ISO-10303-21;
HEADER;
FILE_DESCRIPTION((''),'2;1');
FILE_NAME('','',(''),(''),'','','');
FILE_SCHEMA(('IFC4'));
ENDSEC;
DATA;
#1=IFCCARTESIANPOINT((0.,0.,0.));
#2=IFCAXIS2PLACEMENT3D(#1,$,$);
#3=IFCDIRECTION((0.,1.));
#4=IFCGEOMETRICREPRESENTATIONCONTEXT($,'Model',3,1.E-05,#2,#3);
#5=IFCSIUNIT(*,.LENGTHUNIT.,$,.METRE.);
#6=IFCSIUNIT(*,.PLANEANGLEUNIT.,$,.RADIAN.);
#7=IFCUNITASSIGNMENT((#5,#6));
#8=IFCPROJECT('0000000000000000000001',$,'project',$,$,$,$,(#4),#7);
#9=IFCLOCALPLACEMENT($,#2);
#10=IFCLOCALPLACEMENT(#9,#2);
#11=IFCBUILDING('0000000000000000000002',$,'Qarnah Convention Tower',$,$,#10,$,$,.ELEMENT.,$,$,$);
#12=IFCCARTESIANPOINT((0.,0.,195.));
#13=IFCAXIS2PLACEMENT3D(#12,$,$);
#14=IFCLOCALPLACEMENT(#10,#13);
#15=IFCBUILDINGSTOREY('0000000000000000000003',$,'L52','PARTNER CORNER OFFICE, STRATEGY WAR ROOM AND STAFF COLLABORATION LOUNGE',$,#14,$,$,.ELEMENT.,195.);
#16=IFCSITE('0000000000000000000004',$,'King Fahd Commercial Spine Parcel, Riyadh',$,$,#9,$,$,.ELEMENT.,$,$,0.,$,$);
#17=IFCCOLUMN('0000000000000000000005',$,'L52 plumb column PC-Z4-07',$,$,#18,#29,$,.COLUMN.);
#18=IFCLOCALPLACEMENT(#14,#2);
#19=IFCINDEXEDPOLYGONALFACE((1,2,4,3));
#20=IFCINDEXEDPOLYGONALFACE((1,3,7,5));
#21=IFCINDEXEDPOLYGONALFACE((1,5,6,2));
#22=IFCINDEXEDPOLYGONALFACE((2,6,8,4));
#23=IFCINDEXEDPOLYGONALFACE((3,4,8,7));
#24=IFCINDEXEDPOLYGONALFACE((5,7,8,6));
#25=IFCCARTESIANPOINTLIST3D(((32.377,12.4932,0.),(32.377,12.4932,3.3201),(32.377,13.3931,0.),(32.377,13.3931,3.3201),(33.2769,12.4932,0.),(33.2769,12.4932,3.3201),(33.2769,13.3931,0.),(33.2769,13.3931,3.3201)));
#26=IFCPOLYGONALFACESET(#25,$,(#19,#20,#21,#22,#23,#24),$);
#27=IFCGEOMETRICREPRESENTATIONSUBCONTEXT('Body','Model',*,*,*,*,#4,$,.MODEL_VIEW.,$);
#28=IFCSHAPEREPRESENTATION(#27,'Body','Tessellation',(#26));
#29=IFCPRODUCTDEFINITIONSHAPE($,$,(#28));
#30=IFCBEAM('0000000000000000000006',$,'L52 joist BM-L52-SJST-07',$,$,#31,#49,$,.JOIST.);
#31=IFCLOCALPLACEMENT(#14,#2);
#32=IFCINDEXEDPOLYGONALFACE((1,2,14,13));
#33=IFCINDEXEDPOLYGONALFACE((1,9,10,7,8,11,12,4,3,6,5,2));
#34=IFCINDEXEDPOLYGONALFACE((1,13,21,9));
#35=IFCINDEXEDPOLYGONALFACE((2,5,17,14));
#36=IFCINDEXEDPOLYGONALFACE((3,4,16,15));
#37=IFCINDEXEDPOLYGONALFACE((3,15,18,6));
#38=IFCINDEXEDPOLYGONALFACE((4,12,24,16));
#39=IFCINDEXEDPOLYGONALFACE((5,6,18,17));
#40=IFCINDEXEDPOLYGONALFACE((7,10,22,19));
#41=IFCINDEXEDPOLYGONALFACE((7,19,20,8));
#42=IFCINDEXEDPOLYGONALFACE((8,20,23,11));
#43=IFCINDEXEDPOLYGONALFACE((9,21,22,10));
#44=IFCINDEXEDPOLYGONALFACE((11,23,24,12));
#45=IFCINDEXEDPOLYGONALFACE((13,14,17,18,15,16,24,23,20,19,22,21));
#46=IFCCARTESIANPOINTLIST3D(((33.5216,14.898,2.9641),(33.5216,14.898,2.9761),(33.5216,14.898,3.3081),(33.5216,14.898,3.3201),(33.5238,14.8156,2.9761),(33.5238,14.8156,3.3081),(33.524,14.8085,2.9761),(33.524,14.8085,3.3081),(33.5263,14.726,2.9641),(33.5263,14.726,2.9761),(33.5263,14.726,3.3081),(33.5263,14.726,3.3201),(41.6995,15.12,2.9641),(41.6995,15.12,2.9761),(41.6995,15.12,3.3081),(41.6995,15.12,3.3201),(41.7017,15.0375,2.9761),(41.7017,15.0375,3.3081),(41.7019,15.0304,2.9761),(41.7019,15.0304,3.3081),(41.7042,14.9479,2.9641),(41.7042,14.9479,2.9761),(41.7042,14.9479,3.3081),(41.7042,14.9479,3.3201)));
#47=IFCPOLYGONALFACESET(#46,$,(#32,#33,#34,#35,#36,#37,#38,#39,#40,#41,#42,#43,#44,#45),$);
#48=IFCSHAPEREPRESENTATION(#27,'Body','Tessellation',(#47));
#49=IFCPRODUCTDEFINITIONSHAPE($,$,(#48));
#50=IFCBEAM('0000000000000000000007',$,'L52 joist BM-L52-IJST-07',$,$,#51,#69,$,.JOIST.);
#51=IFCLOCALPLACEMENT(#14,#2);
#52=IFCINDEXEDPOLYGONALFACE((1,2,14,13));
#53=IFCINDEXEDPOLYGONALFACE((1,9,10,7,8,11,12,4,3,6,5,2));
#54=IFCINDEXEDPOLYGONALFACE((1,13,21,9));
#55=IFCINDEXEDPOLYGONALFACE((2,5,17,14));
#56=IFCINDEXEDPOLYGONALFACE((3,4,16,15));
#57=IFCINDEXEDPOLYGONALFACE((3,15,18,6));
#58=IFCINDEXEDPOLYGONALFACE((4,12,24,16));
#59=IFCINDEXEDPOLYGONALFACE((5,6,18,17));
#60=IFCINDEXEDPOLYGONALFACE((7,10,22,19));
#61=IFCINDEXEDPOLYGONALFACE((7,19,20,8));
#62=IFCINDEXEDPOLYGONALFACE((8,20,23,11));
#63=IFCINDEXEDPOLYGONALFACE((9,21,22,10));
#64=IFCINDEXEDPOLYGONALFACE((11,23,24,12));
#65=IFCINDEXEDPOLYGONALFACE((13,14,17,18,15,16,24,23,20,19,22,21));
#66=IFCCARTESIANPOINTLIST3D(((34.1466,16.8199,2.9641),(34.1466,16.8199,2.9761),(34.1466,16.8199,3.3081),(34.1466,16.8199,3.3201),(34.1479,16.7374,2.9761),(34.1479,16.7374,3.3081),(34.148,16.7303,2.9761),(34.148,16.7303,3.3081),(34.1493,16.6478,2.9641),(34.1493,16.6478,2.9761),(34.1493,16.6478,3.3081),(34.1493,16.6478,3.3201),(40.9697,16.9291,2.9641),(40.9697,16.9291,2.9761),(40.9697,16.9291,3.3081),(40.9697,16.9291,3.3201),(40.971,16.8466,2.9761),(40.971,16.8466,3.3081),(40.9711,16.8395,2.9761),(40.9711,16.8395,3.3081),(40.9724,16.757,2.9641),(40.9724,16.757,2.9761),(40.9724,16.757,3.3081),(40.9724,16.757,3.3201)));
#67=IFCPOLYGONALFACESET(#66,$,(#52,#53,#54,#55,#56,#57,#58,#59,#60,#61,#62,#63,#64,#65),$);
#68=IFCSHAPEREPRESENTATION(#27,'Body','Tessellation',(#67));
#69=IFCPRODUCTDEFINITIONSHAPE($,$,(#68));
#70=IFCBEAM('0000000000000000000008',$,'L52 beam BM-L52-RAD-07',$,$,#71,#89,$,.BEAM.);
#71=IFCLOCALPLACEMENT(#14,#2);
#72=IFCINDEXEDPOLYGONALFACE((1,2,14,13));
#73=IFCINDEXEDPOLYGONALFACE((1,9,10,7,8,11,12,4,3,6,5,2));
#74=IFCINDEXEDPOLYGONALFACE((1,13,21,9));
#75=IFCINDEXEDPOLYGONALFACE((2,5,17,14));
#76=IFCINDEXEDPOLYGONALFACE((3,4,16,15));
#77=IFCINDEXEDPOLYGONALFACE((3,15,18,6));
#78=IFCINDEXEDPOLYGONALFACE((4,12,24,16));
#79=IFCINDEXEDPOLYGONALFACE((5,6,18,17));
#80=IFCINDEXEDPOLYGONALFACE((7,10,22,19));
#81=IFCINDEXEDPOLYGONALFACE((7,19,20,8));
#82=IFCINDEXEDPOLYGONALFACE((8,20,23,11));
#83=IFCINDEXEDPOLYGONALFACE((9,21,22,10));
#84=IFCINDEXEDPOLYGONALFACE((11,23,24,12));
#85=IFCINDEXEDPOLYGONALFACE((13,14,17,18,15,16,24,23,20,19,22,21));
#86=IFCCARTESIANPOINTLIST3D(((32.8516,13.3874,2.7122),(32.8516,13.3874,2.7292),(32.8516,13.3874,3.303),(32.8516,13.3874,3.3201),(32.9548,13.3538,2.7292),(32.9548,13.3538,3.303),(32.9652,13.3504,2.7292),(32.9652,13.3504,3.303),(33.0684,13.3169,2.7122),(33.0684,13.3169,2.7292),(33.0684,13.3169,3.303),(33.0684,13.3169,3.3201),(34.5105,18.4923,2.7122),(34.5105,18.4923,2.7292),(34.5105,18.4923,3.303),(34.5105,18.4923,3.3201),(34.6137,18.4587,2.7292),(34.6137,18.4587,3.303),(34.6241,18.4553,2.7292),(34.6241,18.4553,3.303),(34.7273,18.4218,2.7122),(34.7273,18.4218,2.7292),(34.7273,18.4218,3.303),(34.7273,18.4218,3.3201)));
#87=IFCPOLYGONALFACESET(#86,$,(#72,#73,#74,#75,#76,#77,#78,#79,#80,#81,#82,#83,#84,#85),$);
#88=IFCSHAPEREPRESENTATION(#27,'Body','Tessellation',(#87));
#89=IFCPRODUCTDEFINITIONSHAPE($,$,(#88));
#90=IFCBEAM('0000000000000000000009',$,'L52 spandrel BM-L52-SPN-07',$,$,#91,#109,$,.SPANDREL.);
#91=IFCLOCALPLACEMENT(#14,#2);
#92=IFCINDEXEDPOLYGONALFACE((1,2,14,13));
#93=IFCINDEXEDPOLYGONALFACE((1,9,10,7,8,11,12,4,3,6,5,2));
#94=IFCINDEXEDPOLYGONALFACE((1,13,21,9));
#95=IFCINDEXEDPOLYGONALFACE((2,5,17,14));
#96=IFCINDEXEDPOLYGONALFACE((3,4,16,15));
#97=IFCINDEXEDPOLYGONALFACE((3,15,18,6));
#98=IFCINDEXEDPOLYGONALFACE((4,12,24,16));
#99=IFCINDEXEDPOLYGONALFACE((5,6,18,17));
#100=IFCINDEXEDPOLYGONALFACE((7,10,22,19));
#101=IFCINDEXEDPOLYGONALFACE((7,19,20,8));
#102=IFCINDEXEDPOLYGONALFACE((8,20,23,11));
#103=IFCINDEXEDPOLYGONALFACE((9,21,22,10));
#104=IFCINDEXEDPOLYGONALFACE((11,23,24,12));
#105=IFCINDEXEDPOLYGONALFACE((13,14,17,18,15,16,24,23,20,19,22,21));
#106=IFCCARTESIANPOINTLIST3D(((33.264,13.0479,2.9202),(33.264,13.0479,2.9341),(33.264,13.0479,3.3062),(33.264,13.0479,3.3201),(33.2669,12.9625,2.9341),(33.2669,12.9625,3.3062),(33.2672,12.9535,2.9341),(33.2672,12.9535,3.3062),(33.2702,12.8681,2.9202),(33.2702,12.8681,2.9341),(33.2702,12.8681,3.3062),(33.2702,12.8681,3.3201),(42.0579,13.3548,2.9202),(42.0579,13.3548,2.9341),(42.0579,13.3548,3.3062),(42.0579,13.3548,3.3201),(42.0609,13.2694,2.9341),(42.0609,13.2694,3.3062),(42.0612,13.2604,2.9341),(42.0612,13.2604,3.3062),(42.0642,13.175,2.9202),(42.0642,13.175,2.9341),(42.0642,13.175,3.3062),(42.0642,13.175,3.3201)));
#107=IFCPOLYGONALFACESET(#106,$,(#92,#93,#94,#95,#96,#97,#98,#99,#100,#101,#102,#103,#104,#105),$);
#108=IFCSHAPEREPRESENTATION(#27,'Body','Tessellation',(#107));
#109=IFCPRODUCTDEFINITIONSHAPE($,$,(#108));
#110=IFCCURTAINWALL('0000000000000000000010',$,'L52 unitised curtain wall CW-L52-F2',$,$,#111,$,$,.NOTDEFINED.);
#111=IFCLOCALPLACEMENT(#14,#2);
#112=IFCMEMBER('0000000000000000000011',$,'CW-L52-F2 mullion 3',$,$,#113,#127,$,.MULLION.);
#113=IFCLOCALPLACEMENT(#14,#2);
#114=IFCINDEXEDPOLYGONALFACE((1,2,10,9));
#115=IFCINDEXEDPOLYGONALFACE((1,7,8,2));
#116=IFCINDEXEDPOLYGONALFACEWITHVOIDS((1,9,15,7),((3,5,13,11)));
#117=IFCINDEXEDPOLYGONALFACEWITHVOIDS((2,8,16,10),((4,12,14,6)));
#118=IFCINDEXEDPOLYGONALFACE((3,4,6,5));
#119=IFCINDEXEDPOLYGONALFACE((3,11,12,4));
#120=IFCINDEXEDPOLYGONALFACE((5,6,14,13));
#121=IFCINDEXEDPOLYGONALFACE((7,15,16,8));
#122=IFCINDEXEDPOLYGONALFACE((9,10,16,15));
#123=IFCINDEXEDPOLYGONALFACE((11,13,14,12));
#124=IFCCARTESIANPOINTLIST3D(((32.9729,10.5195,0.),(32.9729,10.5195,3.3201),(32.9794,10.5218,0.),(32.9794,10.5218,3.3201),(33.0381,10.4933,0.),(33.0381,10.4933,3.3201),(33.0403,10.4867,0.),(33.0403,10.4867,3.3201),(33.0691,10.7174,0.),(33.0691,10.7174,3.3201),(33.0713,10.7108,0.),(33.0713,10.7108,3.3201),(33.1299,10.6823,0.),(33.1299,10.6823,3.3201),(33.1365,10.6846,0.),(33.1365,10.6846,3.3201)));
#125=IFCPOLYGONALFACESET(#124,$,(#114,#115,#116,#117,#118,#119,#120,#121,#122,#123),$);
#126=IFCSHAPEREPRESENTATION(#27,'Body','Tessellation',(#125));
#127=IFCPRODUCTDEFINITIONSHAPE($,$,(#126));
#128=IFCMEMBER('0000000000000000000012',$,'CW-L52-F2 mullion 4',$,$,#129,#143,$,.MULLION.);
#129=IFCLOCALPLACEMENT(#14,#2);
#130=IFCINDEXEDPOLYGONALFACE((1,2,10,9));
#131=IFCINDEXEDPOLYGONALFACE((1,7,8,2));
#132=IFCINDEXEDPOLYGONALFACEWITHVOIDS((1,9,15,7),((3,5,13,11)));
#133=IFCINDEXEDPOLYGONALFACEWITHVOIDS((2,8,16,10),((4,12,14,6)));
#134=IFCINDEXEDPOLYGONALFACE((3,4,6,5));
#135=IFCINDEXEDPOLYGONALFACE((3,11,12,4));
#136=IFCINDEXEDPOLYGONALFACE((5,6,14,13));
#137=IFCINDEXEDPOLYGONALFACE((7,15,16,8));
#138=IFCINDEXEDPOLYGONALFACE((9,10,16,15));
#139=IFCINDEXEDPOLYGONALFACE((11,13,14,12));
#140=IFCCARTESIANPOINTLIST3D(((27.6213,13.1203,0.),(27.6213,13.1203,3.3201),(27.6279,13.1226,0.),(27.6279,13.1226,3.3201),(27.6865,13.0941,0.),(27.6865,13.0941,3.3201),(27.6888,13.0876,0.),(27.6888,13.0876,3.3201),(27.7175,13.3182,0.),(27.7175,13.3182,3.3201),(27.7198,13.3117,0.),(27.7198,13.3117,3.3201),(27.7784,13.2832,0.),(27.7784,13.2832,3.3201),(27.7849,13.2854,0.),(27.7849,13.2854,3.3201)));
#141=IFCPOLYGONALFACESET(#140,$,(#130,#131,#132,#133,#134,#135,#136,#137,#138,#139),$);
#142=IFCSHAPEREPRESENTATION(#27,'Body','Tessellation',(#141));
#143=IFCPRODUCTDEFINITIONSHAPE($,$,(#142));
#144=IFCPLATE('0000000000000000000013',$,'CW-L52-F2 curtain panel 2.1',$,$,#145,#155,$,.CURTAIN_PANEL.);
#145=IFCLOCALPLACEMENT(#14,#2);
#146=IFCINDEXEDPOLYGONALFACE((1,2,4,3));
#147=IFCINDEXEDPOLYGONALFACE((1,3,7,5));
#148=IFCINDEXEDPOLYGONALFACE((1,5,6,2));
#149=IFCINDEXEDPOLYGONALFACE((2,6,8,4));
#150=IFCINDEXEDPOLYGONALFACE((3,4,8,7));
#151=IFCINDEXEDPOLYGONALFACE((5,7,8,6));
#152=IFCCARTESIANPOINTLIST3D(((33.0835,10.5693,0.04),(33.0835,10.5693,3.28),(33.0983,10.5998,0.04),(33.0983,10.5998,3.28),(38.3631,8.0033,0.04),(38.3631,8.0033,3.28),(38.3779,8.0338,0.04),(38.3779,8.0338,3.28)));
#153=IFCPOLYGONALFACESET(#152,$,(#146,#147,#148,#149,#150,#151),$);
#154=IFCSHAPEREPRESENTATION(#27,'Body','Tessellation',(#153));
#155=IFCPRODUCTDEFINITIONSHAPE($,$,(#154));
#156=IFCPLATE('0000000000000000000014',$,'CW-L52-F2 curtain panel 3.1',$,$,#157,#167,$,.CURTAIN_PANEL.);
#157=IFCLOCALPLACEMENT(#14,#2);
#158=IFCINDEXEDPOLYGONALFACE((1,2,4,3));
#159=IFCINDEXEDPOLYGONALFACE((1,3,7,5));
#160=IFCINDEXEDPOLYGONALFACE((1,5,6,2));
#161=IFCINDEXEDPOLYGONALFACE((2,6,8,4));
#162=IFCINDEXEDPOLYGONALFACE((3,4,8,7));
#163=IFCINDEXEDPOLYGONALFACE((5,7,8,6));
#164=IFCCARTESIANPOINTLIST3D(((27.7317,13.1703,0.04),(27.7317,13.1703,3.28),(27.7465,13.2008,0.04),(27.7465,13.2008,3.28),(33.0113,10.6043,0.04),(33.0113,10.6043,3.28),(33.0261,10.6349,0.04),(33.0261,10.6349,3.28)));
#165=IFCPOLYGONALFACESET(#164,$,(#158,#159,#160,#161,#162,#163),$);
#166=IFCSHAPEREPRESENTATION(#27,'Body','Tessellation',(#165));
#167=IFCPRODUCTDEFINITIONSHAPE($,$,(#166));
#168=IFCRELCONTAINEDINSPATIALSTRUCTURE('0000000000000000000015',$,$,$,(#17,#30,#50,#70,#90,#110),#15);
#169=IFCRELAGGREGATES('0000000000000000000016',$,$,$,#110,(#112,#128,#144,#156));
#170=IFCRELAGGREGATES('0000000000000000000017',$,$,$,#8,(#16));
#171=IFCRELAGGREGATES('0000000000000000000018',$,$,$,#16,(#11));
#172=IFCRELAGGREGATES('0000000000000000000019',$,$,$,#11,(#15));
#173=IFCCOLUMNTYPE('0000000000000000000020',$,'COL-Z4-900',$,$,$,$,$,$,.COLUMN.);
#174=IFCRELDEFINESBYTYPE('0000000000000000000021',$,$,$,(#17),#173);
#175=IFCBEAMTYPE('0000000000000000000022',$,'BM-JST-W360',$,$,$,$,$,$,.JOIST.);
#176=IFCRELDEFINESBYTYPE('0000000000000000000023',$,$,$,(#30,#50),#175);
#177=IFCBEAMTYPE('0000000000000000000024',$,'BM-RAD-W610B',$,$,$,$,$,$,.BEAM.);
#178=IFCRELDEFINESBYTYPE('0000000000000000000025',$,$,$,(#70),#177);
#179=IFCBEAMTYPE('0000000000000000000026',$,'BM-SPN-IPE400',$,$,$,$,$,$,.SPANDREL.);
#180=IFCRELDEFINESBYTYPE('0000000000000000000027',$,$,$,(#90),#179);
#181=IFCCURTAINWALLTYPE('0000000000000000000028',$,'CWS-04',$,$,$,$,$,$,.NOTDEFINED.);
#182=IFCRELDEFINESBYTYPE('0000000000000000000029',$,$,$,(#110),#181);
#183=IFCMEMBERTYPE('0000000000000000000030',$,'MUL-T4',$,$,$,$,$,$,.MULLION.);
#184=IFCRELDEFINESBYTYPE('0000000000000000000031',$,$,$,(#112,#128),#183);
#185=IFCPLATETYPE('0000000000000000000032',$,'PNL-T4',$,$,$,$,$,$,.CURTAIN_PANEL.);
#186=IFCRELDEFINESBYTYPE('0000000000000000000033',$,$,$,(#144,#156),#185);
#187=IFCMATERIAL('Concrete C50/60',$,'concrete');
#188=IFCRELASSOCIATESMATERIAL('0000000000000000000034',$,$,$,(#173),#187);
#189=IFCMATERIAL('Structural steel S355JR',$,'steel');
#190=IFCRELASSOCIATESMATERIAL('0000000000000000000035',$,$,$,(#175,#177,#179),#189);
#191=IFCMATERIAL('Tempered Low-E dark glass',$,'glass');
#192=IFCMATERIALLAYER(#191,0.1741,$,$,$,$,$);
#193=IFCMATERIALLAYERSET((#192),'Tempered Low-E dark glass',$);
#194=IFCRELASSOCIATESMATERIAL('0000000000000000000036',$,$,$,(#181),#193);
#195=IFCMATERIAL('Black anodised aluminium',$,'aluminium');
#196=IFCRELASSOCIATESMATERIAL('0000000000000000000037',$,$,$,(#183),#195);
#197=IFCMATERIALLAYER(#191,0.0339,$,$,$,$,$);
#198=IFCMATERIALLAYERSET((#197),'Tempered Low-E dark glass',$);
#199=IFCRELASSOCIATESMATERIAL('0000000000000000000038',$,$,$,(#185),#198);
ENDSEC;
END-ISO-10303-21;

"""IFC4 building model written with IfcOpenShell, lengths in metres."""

from ifc_helpers import new_model, si_unit, direction, frame, origin, origin_2d, place, context, subcontext, project, spatial, rectangle, hollow_rectangle, i_section, extrude, material, layer, layer_set, material_profile, profile_set, type_object, element, aggregate, save


model = new_model("IFC4")

# Units and contexts
model_context = context("Model", 3, precision=1e-05, world=origin(), true_north=direction((0.0, 1.0)))
body_context = subcontext(model_context, "Body", "Model", "MODEL_VIEW")
ifc_project = project(units=[si_unit("LENGTHUNIT", "METRE"), si_unit("PLANEANGLEUNIT", "RADIAN")], contexts=[model_context])

# Site, building, storey
site_placement = place(None, origin())
site = spatial("IfcSite", under=ifc_project, at=site_placement, Name="King Fahd Commercial Spine Parcel, Riyadh", CompositionType="ELEMENT", RefElevation=0.0)
building_placement = place(site_placement, origin())
building = spatial("IfcBuilding", under=site, at=building_placement, Name="Qarnah Convention Tower", CompositionType="ELEMENT")
storey_placement = place(building_placement, frame((0.0, 0.0, 195.0)))
storey = spatial("IfcBuildingStorey", under=building, at=storey_placement, Name="L52", Description="PARTNER CORNER OFFICE, STRATEGY WAR ROOM AND STAFF COLLABORATION LOUNGE", CompositionType="ELEMENT", Elevation=195.0)

# Column
ifc_material_1 = material(Name="Concrete C50/60", Category="concrete")
ifc_material_profile_1 = material_profile(ifc_material_1, rectangle(XDim=0.8999, YDim=0.8999, at=origin_2d()), Name="RC-COL-900X900")
ifc_profile_set_1 = profile_set([ifc_material_profile_1], Name="Concrete C50/60")
column_type = type_object("IfcColumnType", Name="COL-Z4-900", PredefinedType="COLUMN", material=ifc_profile_set_1)
column_placement = place(storey_placement, frame((32.8269, 12.9431, 0.0), z_axis=(0.0, 0.0, 1.0), x_axis=(1.0, 0.0, 0.0)))
element("IfcColumn", 1, at=column_placement, inside=storey, type_object=column_type, Name="L52 plumb column PC-Z4-07", PredefinedType="COLUMN", context=body_context, shape_type="SweptSolid", body=[
    extrude(rectangle(XDim=0.8999, YDim=0.8999, at=origin_2d()), origin(), (0.0, 0.0, 1.0), 3.3201),
])

# Beams
ifc_material_2 = material(Name="Structural steel S355JR", Category="steel")
ifc_material_profile_2 = material_profile(ifc_material_2, i_section(OverallWidth=0.1721, OverallDepth=0.356, WebThickness=0.0071, FlangeThickness=0.012, at=origin_2d()), Name="W360X51")
ifc_profile_set_2 = profile_set([ifc_material_profile_2], Name="Structural steel S355JR")
beam_type_1 = type_object("IfcBeamType", Name="BM-JST-W360", PredefinedType="JOIST", material=ifc_profile_set_2)
beam_1_placement = place(storey_placement, frame((33.5239, 14.812, 3.1421), z_axis=(0.999632, 0.027127, 0.0), x_axis=(-0.027127, 0.999632, 0.0)))
element("IfcBeam", 2, at=beam_1_placement, inside=storey, type_object=beam_type_1, Name="L52 joist BM-L52-SJST-07", PredefinedType="JOIST", context=body_context, shape_type="SweptSolid", body=[
    extrude(i_section(OverallWidth=0.1721, OverallDepth=0.356, WebThickness=0.0071, FlangeThickness=0.012, at=origin_2d()), origin(), (0.0, 0.0, 1.0), 8.1809),
])
beam_2_placement = place(storey_placement, frame((34.1479, 16.7339, 3.1421), z_axis=(0.999872, 0.015993, 0.0), x_axis=(-0.015993, 0.999872, 0.0)))
element("IfcBeam", 3, at=beam_2_placement, inside=storey, type_object=beam_type_1, Name="L52 joist BM-L52-IJST-07", PredefinedType="JOIST", context=body_context, shape_type="SweptSolid", body=[
    extrude(i_section(OverallWidth=0.1721, OverallDepth=0.356, WebThickness=0.0071, FlangeThickness=0.012, at=origin_2d()), origin(), (0.0, 0.0, 1.0), 6.824),
])
ifc_material_profile_3 = material_profile(ifc_material_2, i_section(OverallWidth=0.228, OverallDepth=0.6079, WebThickness=0.011, FlangeThickness=0.0171, at=origin_2d()), Name="W610X113")
ifc_profile_set_3 = profile_set([ifc_material_profile_3], Name="Structural steel S355JR")
beam_type_2 = type_object("IfcBeamType", Name="BM-RAD-W610B", PredefinedType="BEAM", material=ifc_profile_set_3)
beam_3_placement = place(storey_placement, frame((34.6189, 18.457, 3.0161), z_axis=(-0.309055, -0.951044, 0.0), x_axis=(0.951044, -0.309055, 0.0)))
element("IfcBeam", 4, at=beam_3_placement, inside=storey, type_object=beam_type_2, Name="L52 beam BM-L52-RAD-07", PredefinedType="BEAM", context=body_context, shape_type="SweptSolid", body=[
    extrude(i_section(OverallWidth=0.228, OverallDepth=0.6079, WebThickness=0.011, FlangeThickness=0.0171, at=origin_2d()), origin(), (0.0, 0.0, 1.0), 5.3677),
])
ifc_material_profile_4 = material_profile(ifc_material_2, i_section(OverallWidth=0.1799, OverallDepth=0.3999, WebThickness=0.009, FlangeThickness=0.0139, at=origin_2d()), Name="IPE400")
ifc_profile_set_4 = profile_set([ifc_material_profile_4], Name="Structural steel S355JR")
beam_type_3 = type_object("IfcBeamType", Name="BM-SPN-IPE400", PredefinedType="SPANDREL", material=ifc_profile_set_4)
beam_4_placement = place(storey_placement, frame((33.2671, 12.958, 3.1201), z_axis=(0.999392, 0.034876, 0.0), x_axis=(-0.034876, 0.999392, 0.0)))
element("IfcBeam", 5, at=beam_4_placement, inside=storey, type_object=beam_type_3, Name="L52 spandrel BM-L52-SPN-07", PredefinedType="SPANDREL", context=body_context, shape_type="SweptSolid", body=[
    extrude(i_section(OverallWidth=0.1799, OverallDepth=0.3999, WebThickness=0.009, FlangeThickness=0.0139, at=origin_2d()), origin(), (0.0, 0.0, 1.0), 8.7993),
])

# Curtain wall, members, plates
ifc_material_3 = material(Name="Tempered Low-E dark glass", Category="glass")
ifc_layer_1 = layer(ifc_material_3, 0.1741)
ifc_layer_set_1 = layer_set([ifc_layer_1], Name="Tempered Low-E dark glass")
curtain_wall_type = type_object("IfcCurtainWallType", Name="CWS-04", PredefinedType="NOTDEFINED", material=ifc_layer_set_1)
curtain_wall_placement = place(storey_placement, origin())
curtain_wall = element("IfcCurtainWall", 6, at=curtain_wall_placement, inside=storey, type_object=curtain_wall_type, Name="L52 unitised curtain wall CW-L52-F2", PredefinedType="NOTDEFINED")
ifc_material_4 = material(Name="Black anodised aluminium", Category="aluminium")
ifc_material_profile_5 = material_profile(ifc_material_4, hollow_rectangle(XDim=0.075, YDim=0.22, WallThickness=0.0049, at=origin_2d()), Name="MUL-75X220")
ifc_profile_set_5 = profile_set([ifc_material_profile_5], Name="Black anodised aluminium")
member_type = type_object("IfcMemberType", Name="MUL-T4", PredefinedType="MULLION", material=ifc_profile_set_5)
member_1_placement = place(storey_placement, frame((33.0547, 10.6021, 0.0), z_axis=(0.0, 0.0, 1.0), x_axis=(-0.899399, 0.437129, 0.0)))
member_1 = element("IfcMember", 7, at=member_1_placement, type_object=member_type, Name="CW-L52-F2 mullion 3", PredefinedType="MULLION", context=body_context, shape_type="SweptSolid", body=[
    extrude(hollow_rectangle(XDim=0.075, YDim=0.22, WallThickness=0.0049, at=origin_2d()), origin(), (0.0, 0.0, 1.0), 3.3201),
])
member_2_placement = place(storey_placement, frame((27.7031, 13.2029, 0.0), z_axis=(0.0, 0.0, 1.0), x_axis=(-0.899399, 0.437129, 0.0)))
member_2 = element("IfcMember", 8, at=member_2_placement, type_object=member_type, Name="CW-L52-F2 mullion 4", PredefinedType="MULLION", context=body_context, shape_type="SweptSolid", body=[
    extrude(hollow_rectangle(XDim=0.075, YDim=0.22, WallThickness=0.0049, at=origin_2d()), origin(), (0.0, 0.0, 1.0), 3.3201),
])
ifc_layer_2 = layer(ifc_material_3, 0.0339)
ifc_layer_set_2 = layer_set([ifc_layer_2], Name="Tempered Low-E dark glass")
plate_type = type_object("IfcPlateType", Name="PNL-T4", PredefinedType="CURTAIN_PANEL", material=ifc_layer_set_2)
plate_1_placement = place(storey_placement, frame((35.7307, 9.3015, 0.04), z_axis=(0.0, 0.0, 1.0), x_axis=(-0.899399, 0.437129, 0.0)))
plate_1 = element("IfcPlate", 9, at=plate_1_placement, type_object=plate_type, Name="CW-L52-F2 curtain panel 2.1", PredefinedType="CURTAIN_PANEL", context=body_context, shape_type="SweptSolid", body=[
    extrude(rectangle(XDim=5.8701, YDim=0.0339, at=origin_2d()), origin(), (0.0, 0.0, 1.0), 3.24),
])
plate_2_placement = place(storey_placement, frame((30.3789, 11.9026, 0.04), z_axis=(0.0, 0.0, 1.0), x_axis=(-0.899399, 0.437129, 0.0)))
plate_2 = element("IfcPlate", 10, at=plate_2_placement, type_object=plate_type, Name="CW-L52-F2 curtain panel 3.1", PredefinedType="CURTAIN_PANEL", context=body_context, shape_type="SweptSolid", body=[
    extrude(rectangle(XDim=5.8701, YDim=0.0339, at=origin_2d()), origin(), (0.0, 0.0, 1.0), 3.24),
])
aggregate(curtain_wall, [member_1, member_2, plate_1, plate_2])

save(model, "model.ifc")
